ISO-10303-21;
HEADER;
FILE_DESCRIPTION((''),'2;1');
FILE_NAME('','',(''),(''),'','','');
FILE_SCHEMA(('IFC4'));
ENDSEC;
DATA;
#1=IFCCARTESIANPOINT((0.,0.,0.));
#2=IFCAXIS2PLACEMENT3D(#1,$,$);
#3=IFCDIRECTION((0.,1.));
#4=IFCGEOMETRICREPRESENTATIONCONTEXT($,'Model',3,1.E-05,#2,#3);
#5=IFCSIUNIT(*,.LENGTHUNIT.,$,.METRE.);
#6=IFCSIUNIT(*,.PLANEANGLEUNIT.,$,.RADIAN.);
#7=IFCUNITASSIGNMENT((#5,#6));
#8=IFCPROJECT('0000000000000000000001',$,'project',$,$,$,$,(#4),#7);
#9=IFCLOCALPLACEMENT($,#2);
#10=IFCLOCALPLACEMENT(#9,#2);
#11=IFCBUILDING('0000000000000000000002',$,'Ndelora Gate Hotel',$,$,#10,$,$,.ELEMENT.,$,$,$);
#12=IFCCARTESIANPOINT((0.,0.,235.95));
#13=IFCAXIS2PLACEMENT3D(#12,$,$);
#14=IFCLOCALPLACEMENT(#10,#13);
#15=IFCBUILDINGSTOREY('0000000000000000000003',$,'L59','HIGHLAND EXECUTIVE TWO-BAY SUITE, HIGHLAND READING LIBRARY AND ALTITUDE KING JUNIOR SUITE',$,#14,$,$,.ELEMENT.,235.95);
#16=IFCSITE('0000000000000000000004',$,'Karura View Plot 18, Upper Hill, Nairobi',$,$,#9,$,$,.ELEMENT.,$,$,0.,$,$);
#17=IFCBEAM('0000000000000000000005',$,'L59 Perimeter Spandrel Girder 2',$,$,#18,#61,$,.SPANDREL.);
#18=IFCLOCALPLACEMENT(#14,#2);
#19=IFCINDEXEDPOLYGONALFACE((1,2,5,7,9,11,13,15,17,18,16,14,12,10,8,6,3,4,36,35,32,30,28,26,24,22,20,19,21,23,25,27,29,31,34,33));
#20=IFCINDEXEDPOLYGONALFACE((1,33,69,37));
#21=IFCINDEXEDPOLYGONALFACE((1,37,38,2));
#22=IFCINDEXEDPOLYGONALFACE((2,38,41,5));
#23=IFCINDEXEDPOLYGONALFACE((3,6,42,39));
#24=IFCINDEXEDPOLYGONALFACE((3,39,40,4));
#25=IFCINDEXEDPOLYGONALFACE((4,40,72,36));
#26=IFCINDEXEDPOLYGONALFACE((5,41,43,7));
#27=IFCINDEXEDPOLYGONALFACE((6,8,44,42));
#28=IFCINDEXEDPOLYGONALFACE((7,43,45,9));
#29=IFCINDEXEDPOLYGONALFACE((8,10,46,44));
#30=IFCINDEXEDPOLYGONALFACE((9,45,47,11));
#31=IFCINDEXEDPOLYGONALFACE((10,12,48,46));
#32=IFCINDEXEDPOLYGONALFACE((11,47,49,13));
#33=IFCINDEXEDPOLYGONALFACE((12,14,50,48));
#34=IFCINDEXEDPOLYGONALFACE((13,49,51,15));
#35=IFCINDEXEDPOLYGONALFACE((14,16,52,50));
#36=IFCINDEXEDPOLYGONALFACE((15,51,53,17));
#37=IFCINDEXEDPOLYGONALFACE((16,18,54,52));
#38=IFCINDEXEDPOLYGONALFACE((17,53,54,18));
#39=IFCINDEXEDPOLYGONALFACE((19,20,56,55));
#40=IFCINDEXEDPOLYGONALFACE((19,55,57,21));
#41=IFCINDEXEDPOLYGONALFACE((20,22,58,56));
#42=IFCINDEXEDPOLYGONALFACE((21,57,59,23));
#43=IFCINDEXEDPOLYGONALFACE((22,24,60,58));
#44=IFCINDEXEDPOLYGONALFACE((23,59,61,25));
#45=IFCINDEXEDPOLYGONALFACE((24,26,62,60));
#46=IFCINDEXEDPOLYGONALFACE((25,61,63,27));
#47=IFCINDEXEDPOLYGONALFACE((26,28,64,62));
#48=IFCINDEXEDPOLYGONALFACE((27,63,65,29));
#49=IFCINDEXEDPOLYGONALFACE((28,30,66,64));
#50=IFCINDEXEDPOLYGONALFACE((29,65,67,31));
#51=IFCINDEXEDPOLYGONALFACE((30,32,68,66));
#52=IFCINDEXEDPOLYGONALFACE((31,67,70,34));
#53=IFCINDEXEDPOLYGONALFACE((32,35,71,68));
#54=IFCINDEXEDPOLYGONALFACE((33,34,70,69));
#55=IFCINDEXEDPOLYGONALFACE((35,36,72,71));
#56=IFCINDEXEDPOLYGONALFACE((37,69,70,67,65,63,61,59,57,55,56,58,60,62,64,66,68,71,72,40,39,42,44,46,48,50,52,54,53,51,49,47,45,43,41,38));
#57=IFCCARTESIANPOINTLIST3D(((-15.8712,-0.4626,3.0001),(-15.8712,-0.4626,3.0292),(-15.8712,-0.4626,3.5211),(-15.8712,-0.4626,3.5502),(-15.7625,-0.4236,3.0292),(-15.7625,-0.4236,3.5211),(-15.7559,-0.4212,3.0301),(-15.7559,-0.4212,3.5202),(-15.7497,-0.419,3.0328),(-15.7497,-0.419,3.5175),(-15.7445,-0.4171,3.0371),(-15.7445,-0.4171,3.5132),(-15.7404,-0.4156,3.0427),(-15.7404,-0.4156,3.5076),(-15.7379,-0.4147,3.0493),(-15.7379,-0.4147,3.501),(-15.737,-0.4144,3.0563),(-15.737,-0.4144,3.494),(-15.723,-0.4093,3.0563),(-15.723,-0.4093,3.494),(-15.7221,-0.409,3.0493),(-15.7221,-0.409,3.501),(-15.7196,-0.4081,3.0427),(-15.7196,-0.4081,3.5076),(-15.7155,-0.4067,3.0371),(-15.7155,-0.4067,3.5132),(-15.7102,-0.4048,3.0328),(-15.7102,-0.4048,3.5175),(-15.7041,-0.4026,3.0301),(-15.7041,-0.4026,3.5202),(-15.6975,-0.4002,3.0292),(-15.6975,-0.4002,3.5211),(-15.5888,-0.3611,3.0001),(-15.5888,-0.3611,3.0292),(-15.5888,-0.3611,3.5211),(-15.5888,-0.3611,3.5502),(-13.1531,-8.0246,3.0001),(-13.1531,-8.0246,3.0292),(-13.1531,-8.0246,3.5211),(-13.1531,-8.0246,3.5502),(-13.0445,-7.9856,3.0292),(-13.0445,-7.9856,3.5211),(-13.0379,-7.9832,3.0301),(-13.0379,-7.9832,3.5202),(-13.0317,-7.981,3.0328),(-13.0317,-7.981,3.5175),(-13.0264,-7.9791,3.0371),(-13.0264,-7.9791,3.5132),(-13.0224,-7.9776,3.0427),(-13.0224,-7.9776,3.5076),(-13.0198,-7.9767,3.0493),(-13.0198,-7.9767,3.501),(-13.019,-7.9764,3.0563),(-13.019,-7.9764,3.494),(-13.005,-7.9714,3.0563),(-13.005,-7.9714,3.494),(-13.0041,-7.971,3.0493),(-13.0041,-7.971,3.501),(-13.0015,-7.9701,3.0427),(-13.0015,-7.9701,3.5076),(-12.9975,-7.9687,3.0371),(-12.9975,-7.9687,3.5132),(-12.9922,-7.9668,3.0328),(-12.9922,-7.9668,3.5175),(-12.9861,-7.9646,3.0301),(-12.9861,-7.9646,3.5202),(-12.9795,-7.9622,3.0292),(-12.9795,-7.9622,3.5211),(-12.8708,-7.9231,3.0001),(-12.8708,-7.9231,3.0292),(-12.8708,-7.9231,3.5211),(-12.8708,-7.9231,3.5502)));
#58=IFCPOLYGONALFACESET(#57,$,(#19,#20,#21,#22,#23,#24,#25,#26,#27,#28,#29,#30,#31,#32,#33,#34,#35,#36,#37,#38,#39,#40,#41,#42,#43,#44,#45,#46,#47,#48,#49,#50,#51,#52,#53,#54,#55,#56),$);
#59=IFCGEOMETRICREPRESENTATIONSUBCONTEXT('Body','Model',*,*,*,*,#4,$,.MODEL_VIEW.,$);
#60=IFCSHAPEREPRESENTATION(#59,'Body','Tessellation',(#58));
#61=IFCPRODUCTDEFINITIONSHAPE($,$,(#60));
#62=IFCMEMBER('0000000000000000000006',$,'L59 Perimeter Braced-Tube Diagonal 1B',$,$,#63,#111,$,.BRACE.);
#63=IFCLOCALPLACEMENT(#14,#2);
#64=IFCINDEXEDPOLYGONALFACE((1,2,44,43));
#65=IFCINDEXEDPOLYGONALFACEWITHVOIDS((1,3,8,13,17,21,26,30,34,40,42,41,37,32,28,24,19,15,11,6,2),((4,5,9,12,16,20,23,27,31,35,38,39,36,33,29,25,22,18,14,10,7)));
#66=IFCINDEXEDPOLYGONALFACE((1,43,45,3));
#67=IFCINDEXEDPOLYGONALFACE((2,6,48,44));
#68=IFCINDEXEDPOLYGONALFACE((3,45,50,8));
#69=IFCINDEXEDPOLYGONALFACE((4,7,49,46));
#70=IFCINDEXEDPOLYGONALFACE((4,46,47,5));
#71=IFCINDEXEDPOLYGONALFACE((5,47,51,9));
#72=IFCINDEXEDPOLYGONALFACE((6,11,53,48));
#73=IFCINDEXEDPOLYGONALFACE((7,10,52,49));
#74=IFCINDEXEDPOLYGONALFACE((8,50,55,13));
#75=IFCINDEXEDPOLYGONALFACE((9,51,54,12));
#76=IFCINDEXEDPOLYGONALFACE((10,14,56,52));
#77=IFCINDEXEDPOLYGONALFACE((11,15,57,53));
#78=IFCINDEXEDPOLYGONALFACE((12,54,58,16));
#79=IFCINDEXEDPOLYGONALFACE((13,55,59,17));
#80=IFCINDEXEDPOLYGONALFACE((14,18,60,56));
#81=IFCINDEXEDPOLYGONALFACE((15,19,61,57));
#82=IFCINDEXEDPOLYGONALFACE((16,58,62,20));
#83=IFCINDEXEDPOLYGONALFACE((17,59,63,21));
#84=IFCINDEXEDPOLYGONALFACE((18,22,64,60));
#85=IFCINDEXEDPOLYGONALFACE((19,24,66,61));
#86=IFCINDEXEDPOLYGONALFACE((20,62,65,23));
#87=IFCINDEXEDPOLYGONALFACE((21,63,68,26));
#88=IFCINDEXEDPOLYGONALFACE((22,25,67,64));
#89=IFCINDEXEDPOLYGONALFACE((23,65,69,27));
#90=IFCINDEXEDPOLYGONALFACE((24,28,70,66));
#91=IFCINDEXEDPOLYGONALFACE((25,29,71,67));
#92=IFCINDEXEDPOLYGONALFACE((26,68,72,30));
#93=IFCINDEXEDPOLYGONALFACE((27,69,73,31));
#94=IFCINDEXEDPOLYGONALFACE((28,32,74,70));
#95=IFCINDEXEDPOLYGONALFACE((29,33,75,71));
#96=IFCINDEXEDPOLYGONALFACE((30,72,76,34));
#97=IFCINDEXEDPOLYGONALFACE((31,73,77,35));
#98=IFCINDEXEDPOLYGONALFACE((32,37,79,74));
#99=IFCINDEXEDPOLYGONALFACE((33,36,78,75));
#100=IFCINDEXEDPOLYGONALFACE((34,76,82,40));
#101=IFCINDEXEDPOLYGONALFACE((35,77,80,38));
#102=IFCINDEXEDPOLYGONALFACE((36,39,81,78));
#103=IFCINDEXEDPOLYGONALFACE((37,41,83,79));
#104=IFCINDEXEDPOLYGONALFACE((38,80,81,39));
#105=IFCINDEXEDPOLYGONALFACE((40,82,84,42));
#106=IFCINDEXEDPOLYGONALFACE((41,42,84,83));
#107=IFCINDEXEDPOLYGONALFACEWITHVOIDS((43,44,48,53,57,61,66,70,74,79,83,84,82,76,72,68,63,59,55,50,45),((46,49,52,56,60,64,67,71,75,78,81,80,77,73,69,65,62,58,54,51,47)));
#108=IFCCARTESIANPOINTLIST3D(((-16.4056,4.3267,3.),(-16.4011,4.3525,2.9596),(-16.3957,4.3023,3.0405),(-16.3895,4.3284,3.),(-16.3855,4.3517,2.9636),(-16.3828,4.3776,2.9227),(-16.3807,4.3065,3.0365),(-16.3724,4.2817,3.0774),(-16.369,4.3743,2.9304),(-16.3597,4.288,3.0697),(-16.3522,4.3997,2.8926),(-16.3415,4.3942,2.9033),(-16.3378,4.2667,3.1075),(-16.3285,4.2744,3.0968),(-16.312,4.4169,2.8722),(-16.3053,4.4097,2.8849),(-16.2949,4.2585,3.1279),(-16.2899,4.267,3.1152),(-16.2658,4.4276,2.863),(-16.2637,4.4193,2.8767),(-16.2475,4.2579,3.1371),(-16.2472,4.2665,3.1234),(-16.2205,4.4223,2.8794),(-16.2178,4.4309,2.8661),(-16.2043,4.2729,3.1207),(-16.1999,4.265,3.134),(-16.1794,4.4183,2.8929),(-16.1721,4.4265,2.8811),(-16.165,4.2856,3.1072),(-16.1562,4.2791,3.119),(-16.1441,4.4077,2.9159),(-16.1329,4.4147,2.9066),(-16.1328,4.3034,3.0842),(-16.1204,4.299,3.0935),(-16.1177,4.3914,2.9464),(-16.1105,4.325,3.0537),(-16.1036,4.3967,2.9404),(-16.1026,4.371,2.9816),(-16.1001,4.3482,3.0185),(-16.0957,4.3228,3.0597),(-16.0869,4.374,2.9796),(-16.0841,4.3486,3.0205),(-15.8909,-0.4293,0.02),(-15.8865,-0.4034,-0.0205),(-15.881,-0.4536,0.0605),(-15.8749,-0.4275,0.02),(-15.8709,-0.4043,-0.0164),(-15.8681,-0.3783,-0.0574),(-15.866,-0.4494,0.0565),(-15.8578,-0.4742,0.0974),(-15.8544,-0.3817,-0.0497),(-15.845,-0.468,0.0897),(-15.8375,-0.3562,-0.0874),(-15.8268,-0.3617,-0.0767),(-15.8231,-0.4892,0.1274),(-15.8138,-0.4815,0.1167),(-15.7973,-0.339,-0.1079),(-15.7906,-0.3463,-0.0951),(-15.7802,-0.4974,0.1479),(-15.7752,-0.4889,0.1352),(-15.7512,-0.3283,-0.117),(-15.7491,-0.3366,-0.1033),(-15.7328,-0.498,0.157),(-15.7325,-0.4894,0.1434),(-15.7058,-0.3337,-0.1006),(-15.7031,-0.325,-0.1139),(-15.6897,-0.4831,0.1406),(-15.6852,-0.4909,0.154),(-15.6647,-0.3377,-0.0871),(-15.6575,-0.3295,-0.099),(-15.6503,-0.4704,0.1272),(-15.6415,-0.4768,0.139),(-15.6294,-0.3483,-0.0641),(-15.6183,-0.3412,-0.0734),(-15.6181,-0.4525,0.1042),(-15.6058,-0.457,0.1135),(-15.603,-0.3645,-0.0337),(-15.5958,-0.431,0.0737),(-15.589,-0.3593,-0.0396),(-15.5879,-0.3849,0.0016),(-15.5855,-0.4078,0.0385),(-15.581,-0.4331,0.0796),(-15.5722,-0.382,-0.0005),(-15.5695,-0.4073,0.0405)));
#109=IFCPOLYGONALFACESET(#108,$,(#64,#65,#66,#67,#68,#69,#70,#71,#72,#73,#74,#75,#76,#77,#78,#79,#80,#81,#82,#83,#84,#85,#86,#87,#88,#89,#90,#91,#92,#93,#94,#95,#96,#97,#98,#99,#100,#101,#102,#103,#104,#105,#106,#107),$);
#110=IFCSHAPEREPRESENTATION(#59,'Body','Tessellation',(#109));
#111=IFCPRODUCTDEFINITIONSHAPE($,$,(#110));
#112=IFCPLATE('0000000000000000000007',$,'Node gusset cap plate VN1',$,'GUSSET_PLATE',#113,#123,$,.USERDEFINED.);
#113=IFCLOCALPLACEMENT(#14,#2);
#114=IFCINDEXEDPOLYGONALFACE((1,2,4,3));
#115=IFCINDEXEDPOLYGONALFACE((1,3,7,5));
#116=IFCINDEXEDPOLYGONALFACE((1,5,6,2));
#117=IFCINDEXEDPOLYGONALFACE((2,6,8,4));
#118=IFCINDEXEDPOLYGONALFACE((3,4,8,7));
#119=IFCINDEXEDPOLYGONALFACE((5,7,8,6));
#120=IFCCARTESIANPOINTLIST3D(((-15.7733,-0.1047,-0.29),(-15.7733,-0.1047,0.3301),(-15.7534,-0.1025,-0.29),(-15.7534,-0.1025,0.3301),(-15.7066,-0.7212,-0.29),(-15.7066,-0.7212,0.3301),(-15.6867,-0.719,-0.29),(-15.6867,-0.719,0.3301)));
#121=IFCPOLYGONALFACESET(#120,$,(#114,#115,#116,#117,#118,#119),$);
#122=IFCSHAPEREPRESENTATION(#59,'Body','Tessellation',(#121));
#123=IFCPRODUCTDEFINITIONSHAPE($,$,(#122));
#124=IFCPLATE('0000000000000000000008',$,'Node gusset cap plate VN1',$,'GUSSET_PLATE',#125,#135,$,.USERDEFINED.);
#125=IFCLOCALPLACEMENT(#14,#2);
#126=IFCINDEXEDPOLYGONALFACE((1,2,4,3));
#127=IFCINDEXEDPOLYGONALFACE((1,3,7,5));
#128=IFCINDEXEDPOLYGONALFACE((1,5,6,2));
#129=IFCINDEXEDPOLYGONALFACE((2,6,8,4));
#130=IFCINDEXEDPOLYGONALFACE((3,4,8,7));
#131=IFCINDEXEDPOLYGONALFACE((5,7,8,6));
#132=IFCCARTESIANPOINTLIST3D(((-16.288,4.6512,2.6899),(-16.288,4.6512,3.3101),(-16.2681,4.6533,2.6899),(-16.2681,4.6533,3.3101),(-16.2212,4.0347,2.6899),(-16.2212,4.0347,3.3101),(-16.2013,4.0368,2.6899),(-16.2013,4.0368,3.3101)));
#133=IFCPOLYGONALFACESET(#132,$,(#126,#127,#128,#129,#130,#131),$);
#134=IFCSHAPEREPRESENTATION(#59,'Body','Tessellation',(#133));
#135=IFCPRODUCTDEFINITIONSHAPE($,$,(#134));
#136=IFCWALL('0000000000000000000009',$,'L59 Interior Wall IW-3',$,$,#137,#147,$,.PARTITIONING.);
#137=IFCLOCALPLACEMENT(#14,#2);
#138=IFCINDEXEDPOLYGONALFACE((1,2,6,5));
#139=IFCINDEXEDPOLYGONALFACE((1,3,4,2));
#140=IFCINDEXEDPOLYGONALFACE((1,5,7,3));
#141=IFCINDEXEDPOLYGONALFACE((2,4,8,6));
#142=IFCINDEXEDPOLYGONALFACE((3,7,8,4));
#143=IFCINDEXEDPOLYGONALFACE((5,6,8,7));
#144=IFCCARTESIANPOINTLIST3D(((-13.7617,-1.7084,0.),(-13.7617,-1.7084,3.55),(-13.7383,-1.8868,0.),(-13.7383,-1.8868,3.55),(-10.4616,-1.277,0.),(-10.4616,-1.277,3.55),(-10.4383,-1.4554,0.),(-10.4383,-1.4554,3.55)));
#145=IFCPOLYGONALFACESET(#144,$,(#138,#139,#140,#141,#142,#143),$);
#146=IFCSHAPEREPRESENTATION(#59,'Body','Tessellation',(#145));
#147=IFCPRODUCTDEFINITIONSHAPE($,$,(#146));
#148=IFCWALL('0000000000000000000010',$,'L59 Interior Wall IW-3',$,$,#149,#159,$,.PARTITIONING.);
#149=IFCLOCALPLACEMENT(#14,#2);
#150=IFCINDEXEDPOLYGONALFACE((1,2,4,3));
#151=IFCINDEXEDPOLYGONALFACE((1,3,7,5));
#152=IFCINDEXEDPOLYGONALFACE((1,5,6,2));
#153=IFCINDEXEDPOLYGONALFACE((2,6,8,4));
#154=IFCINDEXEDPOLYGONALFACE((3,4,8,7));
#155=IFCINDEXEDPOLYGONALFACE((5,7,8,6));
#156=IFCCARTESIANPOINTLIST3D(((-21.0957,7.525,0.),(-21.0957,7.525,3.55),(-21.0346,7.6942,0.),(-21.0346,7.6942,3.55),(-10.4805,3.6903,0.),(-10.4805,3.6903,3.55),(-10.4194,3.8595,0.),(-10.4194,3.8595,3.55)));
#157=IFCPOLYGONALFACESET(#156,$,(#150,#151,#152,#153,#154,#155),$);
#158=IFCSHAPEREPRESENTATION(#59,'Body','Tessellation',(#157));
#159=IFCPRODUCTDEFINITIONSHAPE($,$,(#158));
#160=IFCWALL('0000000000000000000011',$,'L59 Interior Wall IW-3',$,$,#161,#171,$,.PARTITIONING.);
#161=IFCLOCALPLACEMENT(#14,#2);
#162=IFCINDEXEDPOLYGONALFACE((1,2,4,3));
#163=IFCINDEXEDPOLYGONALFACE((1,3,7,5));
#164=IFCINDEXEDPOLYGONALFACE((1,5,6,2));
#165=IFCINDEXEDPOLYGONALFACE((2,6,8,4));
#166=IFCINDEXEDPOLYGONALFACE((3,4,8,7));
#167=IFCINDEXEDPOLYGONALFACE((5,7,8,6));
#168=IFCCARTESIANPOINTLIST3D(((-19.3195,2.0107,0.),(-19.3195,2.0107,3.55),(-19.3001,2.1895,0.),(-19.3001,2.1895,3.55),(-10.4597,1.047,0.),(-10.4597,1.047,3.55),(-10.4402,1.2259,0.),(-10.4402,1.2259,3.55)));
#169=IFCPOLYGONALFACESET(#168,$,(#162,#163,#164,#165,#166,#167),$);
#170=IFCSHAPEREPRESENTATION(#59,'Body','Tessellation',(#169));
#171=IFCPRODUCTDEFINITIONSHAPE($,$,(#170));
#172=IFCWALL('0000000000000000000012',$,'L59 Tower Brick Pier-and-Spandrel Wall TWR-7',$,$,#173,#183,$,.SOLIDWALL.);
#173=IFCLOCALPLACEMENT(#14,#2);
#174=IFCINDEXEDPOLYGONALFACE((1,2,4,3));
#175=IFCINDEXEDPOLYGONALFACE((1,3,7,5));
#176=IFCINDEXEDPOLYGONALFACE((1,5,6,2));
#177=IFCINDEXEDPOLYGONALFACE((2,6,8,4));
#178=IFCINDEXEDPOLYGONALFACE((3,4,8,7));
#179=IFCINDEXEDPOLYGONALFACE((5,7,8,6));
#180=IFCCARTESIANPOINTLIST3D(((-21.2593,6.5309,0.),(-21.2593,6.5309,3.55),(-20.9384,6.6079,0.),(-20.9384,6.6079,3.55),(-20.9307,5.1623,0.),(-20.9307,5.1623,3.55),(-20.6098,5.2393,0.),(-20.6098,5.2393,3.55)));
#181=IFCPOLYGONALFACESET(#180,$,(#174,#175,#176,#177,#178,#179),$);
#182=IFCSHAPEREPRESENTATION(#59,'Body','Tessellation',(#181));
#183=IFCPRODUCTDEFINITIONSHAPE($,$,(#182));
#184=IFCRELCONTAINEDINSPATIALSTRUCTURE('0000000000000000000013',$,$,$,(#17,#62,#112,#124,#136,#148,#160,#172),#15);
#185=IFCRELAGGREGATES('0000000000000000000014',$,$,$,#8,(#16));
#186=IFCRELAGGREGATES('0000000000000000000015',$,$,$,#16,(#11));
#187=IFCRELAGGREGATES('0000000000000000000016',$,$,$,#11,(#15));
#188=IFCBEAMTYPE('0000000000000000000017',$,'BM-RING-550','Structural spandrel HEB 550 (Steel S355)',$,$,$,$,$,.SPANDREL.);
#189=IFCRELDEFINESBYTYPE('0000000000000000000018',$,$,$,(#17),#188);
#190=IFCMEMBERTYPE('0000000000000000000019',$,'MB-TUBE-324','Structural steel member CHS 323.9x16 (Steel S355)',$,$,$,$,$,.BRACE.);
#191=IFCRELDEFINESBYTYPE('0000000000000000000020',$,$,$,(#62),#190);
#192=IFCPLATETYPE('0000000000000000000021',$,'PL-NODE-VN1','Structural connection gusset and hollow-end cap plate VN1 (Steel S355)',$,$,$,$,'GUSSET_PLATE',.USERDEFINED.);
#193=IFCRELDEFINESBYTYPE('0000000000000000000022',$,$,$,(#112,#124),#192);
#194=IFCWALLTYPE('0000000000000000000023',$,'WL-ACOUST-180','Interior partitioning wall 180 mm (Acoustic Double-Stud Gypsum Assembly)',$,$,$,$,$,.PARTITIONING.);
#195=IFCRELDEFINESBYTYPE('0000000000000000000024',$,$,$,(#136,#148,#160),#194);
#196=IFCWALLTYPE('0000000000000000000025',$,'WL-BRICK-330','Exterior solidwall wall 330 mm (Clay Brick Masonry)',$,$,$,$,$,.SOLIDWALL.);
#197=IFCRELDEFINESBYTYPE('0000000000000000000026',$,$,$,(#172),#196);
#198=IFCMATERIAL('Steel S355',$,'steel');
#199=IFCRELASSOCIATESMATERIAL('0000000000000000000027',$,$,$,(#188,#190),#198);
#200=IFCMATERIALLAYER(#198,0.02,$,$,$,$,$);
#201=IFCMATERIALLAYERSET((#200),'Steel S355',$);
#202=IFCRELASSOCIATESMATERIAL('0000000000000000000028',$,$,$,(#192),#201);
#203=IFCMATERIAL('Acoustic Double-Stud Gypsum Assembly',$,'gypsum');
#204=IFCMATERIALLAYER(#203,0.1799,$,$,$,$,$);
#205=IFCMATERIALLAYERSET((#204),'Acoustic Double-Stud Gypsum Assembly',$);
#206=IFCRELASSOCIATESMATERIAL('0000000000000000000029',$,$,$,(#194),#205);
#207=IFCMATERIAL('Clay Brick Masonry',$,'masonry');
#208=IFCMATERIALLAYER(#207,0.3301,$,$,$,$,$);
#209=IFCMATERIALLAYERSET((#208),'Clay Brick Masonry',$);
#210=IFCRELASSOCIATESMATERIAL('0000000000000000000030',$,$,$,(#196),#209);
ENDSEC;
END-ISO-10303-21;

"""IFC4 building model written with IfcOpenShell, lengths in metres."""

from ifc_helpers import new_model, si_unit, direction, frame, frame_2d, origin, origin_2d, place, context, subcontext, project, spatial, rectangle, hollow_circle, i_section, extrude, material, layer, layer_set, material_profile, profile_set, type_object, element, save


model = new_model("IFC4")

# Units and contexts
model_context = context("Model", 3, precision=1e-05, world=origin(), true_north=direction((0.0, 1.0)))
body_context = subcontext(model_context, "Body", "Model", "MODEL_VIEW")
ifc_project = project(units=[si_unit("LENGTHUNIT", "METRE"), si_unit("PLANEANGLEUNIT", "RADIAN")], contexts=[model_context])

# Site, building, storey
site_placement = place(None, origin())
site = spatial("IfcSite", under=ifc_project, at=site_placement, Name="Karura View Plot 18, Upper Hill, Nairobi", CompositionType="ELEMENT", RefElevation=0.0)
building_placement = place(site_placement, origin())
building = spatial("IfcBuilding", under=site, at=building_placement, Name="Ndelora Gate Hotel", CompositionType="ELEMENT")
storey_placement = place(building_placement, frame((0.0, 0.0, 235.95)))
storey = spatial("IfcBuildingStorey", under=building, at=storey_placement, Name="L59", Description="HIGHLAND EXECUTIVE TWO-BAY SUITE, HIGHLAND READING LIBRARY AND ALTITUDE KING JUNIOR SUITE", CompositionType="ELEMENT", Elevation=235.95)

# Beam
ifc_material_1 = material(Name="Steel S355", Category="steel")
ifc_material_profile_1 = material_profile(ifc_material_1, i_section(OverallWidth=0.3, OverallDepth=0.55, WebThickness=0.0149, FlangeThickness=0.0291, FilletRadius=0.0271, at=origin_2d()), Name="HEB 550")
ifc_profile_set_1 = profile_set([ifc_material_profile_1], Name="Steel S355")
beam_type_1 = type_object("IfcBeamType", Name="BM-RING-550", Description="Structural spandrel HEB 550 (Steel S355)", PredefinedType="SPANDREL", material=ifc_profile_set_1)
beam_1_placement = place(storey_placement, frame((-15.73, -0.4119, 3.2751), z_axis=(0.338245, -0.941058, 0.0), x_axis=(0.941058, 0.338245, 0.0)))
element("IfcBeam", 1, at=beam_1_placement, inside=storey, type_object=beam_type_1, Name="L59 Perimeter Spandrel Girder 2", PredefinedType="SPANDREL", context=body_context, shape_type="SweptSolid", body=[
    extrude(i_section(OverallWidth=0.3, OverallDepth=0.55, WebThickness=0.0149, FlangeThickness=0.0291, FilletRadius=0.0271, at=origin_2d()), origin(), (0.0, 0.0, 1.0), 8.0356),
])

# Member
ifc_material_profile_2 = material_profile(ifc_material_1, hollow_circle(Radius=0.1619, WallThickness=0.0161, at=origin_2d()), Name="CHS 323.9x16")
ifc_profile_set_2 = profile_set([ifc_material_profile_2], Name="Steel S355")
member_type = type_object("IfcMemberType", Name="MB-TUBE-324", Description="Structural steel member CHS 323.9x16 (Steel S355)", PredefinedType="BRACE", material=ifc_profile_set_2)
member_placement = place(storey_placement, frame((-15.73, -0.4119, 0.02), z_axis=(-0.091316, 0.843851, 0.52875), x_axis=(-0.994196, -0.107585, 0.0)))
element("IfcMember", 2, at=member_placement, inside=storey, type_object=member_type, Name="L59 Perimeter Braced-Tube Diagonal 1B", PredefinedType="BRACE", context=body_context, shape_type="SweptSolid", body=[
    extrude(hollow_circle(Radius=0.1619, WallThickness=0.0161, at=origin_2d()), origin(), (0.0, 0.0, 1.0), 5.636),
])

# Plates
ifc_layer_1 = layer(ifc_material_1, 0.02)
ifc_layer_set_1 = layer_set([ifc_layer_1], Name="Steel S355")
plate_type = type_object("IfcPlateType", Name="PL-NODE-VN1", Description="Structural connection gusset and hollow-end cap plate VN1 (Steel S355)", ElementType="GUSSET_PLATE", PredefinedType="USERDEFINED", material=ifc_layer_set_1)
for number, where, z_axis, x_axis, name in (
    (3, (-15.73, -0.4119, -0.29), (0.0, 0.0, 1.0), (-0.107652, 0.994189, 0.0), "Node gusset cap plate VN1"),
    (4, (-16.2446, 4.344, 2.6899), (0.0, 0.0, 1.0), (-0.107652, 0.994189, 0.0), "Node gusset cap plate VN1"),
):
    element("IfcPlate", number, at=place(storey_placement, frame(where, z_axis=z_axis, x_axis=x_axis)), inside=storey, type_object=plate_type, Name=name, ObjectType="GUSSET_PLATE", PredefinedType="USERDEFINED", context=body_context, shape_type="SweptSolid", body=[
        extrude(rectangle(XDim=0.6201, YDim=0.02, at=origin_2d()), origin(), (0.0, 0.0, 1.0), 0.6201),
    ])

# Walls
ifc_material_2 = material(Name="Acoustic Double-Stud Gypsum Assembly", Category="gypsum")
ifc_layer_2 = layer(ifc_material_2, 0.1799)
ifc_layer_set_2 = layer_set([ifc_layer_2], Name="Acoustic Double-Stud Gypsum Assembly")
wall_type_1 = type_object("IfcWallType", Name="WL-ACOUST-180", Description="Interior partitioning wall 180 mm (Acoustic Double-Stud Gypsum Assembly)", PredefinedType="PARTITIONING", material=ifc_layer_set_2)
wall_1_placement = place(storey_placement, frame((-10.45, -1.3662, 0.0), z_axis=(0.0, 0.0, 1.0), x_axis=(-0.991564, -0.129621, 0.0)))
element("IfcWall", 5, at=wall_1_placement, inside=storey, type_object=wall_type_1, Name="L59 Interior Wall IW-3", PredefinedType="PARTITIONING", context=body_context, shape_type="SweptSolid", body=[
    extrude(rectangle(XDim=3.3281, YDim=0.1799, at=frame_2d((1.6641, 0.0))), origin(), (0.0, 0.0, 1.0), 3.55),
])
wall_2_placement = place(storey_placement, frame((-10.45, 3.7749, 0.0), z_axis=(0.0, 0.0, 1.0), x_axis=(-0.940513, 0.339757, 0.0)))
element("IfcWall", 6, at=wall_2_placement, inside=storey, type_object=wall_type_1, Name="L59 Interior Wall IW-3", PredefinedType="PARTITIONING", context=body_context, shape_type="SweptSolid", body=[
    extrude(rectangle(XDim=11.2866, YDim=0.1799, at=frame_2d((5.6433, 0.0))), origin(), (0.0, 0.0, 1.0), 3.55),
])
wall_3_placement = place(storey_placement, frame((-10.45, 1.1365, 0.0), z_axis=(0.0, 0.0, 1.0), x_axis=(-0.994137, 0.108125, 0.0)))
element("IfcWall", 7, at=wall_3_placement, inside=storey, type_object=wall_type_1, Name="L59 Interior Wall IW-3", PredefinedType="PARTITIONING", context=body_context, shape_type="SweptSolid", body=[
    extrude(rectangle(XDim=8.9121, YDim=0.1799, at=frame_2d((4.4561, 0.0))), origin(), (0.0, 0.0, 1.0), 3.55),
])
ifc_material_3 = material(Name="Clay Brick Masonry", Category="masonry")
ifc_layer_3 = layer(ifc_material_3, 0.3301)
ifc_layer_set_3 = layer_set([ifc_layer_3], Name="Clay Brick Masonry")
wall_type_2 = type_object("IfcWallType", Name="WL-BRICK-330", Description="Exterior solidwall wall 330 mm (Clay Brick Masonry)", PredefinedType="SOLIDWALL", material=ifc_layer_set_3)
wall_4_placement = place(storey_placement, frame((-20.7703, 5.2009, 0.0), z_axis=(0.0, 0.0, 1.0), x_axis=(-0.233465, 0.972365, 0.0)))
element("IfcWall", 8, at=wall_4_placement, inside=storey, type_object=wall_type_2, Name="L59 Tower Brick Pier-and-Spandrel Wall TWR-7", PredefinedType="SOLIDWALL", context=body_context, shape_type="SweptSolid", body=[
    extrude(rectangle(XDim=1.4075, YDim=0.3301, at=frame_2d((0.7036, 0.0))), origin(), (0.0, 0.0, 1.0), 3.55),
])

save(model, "model.ifc")
